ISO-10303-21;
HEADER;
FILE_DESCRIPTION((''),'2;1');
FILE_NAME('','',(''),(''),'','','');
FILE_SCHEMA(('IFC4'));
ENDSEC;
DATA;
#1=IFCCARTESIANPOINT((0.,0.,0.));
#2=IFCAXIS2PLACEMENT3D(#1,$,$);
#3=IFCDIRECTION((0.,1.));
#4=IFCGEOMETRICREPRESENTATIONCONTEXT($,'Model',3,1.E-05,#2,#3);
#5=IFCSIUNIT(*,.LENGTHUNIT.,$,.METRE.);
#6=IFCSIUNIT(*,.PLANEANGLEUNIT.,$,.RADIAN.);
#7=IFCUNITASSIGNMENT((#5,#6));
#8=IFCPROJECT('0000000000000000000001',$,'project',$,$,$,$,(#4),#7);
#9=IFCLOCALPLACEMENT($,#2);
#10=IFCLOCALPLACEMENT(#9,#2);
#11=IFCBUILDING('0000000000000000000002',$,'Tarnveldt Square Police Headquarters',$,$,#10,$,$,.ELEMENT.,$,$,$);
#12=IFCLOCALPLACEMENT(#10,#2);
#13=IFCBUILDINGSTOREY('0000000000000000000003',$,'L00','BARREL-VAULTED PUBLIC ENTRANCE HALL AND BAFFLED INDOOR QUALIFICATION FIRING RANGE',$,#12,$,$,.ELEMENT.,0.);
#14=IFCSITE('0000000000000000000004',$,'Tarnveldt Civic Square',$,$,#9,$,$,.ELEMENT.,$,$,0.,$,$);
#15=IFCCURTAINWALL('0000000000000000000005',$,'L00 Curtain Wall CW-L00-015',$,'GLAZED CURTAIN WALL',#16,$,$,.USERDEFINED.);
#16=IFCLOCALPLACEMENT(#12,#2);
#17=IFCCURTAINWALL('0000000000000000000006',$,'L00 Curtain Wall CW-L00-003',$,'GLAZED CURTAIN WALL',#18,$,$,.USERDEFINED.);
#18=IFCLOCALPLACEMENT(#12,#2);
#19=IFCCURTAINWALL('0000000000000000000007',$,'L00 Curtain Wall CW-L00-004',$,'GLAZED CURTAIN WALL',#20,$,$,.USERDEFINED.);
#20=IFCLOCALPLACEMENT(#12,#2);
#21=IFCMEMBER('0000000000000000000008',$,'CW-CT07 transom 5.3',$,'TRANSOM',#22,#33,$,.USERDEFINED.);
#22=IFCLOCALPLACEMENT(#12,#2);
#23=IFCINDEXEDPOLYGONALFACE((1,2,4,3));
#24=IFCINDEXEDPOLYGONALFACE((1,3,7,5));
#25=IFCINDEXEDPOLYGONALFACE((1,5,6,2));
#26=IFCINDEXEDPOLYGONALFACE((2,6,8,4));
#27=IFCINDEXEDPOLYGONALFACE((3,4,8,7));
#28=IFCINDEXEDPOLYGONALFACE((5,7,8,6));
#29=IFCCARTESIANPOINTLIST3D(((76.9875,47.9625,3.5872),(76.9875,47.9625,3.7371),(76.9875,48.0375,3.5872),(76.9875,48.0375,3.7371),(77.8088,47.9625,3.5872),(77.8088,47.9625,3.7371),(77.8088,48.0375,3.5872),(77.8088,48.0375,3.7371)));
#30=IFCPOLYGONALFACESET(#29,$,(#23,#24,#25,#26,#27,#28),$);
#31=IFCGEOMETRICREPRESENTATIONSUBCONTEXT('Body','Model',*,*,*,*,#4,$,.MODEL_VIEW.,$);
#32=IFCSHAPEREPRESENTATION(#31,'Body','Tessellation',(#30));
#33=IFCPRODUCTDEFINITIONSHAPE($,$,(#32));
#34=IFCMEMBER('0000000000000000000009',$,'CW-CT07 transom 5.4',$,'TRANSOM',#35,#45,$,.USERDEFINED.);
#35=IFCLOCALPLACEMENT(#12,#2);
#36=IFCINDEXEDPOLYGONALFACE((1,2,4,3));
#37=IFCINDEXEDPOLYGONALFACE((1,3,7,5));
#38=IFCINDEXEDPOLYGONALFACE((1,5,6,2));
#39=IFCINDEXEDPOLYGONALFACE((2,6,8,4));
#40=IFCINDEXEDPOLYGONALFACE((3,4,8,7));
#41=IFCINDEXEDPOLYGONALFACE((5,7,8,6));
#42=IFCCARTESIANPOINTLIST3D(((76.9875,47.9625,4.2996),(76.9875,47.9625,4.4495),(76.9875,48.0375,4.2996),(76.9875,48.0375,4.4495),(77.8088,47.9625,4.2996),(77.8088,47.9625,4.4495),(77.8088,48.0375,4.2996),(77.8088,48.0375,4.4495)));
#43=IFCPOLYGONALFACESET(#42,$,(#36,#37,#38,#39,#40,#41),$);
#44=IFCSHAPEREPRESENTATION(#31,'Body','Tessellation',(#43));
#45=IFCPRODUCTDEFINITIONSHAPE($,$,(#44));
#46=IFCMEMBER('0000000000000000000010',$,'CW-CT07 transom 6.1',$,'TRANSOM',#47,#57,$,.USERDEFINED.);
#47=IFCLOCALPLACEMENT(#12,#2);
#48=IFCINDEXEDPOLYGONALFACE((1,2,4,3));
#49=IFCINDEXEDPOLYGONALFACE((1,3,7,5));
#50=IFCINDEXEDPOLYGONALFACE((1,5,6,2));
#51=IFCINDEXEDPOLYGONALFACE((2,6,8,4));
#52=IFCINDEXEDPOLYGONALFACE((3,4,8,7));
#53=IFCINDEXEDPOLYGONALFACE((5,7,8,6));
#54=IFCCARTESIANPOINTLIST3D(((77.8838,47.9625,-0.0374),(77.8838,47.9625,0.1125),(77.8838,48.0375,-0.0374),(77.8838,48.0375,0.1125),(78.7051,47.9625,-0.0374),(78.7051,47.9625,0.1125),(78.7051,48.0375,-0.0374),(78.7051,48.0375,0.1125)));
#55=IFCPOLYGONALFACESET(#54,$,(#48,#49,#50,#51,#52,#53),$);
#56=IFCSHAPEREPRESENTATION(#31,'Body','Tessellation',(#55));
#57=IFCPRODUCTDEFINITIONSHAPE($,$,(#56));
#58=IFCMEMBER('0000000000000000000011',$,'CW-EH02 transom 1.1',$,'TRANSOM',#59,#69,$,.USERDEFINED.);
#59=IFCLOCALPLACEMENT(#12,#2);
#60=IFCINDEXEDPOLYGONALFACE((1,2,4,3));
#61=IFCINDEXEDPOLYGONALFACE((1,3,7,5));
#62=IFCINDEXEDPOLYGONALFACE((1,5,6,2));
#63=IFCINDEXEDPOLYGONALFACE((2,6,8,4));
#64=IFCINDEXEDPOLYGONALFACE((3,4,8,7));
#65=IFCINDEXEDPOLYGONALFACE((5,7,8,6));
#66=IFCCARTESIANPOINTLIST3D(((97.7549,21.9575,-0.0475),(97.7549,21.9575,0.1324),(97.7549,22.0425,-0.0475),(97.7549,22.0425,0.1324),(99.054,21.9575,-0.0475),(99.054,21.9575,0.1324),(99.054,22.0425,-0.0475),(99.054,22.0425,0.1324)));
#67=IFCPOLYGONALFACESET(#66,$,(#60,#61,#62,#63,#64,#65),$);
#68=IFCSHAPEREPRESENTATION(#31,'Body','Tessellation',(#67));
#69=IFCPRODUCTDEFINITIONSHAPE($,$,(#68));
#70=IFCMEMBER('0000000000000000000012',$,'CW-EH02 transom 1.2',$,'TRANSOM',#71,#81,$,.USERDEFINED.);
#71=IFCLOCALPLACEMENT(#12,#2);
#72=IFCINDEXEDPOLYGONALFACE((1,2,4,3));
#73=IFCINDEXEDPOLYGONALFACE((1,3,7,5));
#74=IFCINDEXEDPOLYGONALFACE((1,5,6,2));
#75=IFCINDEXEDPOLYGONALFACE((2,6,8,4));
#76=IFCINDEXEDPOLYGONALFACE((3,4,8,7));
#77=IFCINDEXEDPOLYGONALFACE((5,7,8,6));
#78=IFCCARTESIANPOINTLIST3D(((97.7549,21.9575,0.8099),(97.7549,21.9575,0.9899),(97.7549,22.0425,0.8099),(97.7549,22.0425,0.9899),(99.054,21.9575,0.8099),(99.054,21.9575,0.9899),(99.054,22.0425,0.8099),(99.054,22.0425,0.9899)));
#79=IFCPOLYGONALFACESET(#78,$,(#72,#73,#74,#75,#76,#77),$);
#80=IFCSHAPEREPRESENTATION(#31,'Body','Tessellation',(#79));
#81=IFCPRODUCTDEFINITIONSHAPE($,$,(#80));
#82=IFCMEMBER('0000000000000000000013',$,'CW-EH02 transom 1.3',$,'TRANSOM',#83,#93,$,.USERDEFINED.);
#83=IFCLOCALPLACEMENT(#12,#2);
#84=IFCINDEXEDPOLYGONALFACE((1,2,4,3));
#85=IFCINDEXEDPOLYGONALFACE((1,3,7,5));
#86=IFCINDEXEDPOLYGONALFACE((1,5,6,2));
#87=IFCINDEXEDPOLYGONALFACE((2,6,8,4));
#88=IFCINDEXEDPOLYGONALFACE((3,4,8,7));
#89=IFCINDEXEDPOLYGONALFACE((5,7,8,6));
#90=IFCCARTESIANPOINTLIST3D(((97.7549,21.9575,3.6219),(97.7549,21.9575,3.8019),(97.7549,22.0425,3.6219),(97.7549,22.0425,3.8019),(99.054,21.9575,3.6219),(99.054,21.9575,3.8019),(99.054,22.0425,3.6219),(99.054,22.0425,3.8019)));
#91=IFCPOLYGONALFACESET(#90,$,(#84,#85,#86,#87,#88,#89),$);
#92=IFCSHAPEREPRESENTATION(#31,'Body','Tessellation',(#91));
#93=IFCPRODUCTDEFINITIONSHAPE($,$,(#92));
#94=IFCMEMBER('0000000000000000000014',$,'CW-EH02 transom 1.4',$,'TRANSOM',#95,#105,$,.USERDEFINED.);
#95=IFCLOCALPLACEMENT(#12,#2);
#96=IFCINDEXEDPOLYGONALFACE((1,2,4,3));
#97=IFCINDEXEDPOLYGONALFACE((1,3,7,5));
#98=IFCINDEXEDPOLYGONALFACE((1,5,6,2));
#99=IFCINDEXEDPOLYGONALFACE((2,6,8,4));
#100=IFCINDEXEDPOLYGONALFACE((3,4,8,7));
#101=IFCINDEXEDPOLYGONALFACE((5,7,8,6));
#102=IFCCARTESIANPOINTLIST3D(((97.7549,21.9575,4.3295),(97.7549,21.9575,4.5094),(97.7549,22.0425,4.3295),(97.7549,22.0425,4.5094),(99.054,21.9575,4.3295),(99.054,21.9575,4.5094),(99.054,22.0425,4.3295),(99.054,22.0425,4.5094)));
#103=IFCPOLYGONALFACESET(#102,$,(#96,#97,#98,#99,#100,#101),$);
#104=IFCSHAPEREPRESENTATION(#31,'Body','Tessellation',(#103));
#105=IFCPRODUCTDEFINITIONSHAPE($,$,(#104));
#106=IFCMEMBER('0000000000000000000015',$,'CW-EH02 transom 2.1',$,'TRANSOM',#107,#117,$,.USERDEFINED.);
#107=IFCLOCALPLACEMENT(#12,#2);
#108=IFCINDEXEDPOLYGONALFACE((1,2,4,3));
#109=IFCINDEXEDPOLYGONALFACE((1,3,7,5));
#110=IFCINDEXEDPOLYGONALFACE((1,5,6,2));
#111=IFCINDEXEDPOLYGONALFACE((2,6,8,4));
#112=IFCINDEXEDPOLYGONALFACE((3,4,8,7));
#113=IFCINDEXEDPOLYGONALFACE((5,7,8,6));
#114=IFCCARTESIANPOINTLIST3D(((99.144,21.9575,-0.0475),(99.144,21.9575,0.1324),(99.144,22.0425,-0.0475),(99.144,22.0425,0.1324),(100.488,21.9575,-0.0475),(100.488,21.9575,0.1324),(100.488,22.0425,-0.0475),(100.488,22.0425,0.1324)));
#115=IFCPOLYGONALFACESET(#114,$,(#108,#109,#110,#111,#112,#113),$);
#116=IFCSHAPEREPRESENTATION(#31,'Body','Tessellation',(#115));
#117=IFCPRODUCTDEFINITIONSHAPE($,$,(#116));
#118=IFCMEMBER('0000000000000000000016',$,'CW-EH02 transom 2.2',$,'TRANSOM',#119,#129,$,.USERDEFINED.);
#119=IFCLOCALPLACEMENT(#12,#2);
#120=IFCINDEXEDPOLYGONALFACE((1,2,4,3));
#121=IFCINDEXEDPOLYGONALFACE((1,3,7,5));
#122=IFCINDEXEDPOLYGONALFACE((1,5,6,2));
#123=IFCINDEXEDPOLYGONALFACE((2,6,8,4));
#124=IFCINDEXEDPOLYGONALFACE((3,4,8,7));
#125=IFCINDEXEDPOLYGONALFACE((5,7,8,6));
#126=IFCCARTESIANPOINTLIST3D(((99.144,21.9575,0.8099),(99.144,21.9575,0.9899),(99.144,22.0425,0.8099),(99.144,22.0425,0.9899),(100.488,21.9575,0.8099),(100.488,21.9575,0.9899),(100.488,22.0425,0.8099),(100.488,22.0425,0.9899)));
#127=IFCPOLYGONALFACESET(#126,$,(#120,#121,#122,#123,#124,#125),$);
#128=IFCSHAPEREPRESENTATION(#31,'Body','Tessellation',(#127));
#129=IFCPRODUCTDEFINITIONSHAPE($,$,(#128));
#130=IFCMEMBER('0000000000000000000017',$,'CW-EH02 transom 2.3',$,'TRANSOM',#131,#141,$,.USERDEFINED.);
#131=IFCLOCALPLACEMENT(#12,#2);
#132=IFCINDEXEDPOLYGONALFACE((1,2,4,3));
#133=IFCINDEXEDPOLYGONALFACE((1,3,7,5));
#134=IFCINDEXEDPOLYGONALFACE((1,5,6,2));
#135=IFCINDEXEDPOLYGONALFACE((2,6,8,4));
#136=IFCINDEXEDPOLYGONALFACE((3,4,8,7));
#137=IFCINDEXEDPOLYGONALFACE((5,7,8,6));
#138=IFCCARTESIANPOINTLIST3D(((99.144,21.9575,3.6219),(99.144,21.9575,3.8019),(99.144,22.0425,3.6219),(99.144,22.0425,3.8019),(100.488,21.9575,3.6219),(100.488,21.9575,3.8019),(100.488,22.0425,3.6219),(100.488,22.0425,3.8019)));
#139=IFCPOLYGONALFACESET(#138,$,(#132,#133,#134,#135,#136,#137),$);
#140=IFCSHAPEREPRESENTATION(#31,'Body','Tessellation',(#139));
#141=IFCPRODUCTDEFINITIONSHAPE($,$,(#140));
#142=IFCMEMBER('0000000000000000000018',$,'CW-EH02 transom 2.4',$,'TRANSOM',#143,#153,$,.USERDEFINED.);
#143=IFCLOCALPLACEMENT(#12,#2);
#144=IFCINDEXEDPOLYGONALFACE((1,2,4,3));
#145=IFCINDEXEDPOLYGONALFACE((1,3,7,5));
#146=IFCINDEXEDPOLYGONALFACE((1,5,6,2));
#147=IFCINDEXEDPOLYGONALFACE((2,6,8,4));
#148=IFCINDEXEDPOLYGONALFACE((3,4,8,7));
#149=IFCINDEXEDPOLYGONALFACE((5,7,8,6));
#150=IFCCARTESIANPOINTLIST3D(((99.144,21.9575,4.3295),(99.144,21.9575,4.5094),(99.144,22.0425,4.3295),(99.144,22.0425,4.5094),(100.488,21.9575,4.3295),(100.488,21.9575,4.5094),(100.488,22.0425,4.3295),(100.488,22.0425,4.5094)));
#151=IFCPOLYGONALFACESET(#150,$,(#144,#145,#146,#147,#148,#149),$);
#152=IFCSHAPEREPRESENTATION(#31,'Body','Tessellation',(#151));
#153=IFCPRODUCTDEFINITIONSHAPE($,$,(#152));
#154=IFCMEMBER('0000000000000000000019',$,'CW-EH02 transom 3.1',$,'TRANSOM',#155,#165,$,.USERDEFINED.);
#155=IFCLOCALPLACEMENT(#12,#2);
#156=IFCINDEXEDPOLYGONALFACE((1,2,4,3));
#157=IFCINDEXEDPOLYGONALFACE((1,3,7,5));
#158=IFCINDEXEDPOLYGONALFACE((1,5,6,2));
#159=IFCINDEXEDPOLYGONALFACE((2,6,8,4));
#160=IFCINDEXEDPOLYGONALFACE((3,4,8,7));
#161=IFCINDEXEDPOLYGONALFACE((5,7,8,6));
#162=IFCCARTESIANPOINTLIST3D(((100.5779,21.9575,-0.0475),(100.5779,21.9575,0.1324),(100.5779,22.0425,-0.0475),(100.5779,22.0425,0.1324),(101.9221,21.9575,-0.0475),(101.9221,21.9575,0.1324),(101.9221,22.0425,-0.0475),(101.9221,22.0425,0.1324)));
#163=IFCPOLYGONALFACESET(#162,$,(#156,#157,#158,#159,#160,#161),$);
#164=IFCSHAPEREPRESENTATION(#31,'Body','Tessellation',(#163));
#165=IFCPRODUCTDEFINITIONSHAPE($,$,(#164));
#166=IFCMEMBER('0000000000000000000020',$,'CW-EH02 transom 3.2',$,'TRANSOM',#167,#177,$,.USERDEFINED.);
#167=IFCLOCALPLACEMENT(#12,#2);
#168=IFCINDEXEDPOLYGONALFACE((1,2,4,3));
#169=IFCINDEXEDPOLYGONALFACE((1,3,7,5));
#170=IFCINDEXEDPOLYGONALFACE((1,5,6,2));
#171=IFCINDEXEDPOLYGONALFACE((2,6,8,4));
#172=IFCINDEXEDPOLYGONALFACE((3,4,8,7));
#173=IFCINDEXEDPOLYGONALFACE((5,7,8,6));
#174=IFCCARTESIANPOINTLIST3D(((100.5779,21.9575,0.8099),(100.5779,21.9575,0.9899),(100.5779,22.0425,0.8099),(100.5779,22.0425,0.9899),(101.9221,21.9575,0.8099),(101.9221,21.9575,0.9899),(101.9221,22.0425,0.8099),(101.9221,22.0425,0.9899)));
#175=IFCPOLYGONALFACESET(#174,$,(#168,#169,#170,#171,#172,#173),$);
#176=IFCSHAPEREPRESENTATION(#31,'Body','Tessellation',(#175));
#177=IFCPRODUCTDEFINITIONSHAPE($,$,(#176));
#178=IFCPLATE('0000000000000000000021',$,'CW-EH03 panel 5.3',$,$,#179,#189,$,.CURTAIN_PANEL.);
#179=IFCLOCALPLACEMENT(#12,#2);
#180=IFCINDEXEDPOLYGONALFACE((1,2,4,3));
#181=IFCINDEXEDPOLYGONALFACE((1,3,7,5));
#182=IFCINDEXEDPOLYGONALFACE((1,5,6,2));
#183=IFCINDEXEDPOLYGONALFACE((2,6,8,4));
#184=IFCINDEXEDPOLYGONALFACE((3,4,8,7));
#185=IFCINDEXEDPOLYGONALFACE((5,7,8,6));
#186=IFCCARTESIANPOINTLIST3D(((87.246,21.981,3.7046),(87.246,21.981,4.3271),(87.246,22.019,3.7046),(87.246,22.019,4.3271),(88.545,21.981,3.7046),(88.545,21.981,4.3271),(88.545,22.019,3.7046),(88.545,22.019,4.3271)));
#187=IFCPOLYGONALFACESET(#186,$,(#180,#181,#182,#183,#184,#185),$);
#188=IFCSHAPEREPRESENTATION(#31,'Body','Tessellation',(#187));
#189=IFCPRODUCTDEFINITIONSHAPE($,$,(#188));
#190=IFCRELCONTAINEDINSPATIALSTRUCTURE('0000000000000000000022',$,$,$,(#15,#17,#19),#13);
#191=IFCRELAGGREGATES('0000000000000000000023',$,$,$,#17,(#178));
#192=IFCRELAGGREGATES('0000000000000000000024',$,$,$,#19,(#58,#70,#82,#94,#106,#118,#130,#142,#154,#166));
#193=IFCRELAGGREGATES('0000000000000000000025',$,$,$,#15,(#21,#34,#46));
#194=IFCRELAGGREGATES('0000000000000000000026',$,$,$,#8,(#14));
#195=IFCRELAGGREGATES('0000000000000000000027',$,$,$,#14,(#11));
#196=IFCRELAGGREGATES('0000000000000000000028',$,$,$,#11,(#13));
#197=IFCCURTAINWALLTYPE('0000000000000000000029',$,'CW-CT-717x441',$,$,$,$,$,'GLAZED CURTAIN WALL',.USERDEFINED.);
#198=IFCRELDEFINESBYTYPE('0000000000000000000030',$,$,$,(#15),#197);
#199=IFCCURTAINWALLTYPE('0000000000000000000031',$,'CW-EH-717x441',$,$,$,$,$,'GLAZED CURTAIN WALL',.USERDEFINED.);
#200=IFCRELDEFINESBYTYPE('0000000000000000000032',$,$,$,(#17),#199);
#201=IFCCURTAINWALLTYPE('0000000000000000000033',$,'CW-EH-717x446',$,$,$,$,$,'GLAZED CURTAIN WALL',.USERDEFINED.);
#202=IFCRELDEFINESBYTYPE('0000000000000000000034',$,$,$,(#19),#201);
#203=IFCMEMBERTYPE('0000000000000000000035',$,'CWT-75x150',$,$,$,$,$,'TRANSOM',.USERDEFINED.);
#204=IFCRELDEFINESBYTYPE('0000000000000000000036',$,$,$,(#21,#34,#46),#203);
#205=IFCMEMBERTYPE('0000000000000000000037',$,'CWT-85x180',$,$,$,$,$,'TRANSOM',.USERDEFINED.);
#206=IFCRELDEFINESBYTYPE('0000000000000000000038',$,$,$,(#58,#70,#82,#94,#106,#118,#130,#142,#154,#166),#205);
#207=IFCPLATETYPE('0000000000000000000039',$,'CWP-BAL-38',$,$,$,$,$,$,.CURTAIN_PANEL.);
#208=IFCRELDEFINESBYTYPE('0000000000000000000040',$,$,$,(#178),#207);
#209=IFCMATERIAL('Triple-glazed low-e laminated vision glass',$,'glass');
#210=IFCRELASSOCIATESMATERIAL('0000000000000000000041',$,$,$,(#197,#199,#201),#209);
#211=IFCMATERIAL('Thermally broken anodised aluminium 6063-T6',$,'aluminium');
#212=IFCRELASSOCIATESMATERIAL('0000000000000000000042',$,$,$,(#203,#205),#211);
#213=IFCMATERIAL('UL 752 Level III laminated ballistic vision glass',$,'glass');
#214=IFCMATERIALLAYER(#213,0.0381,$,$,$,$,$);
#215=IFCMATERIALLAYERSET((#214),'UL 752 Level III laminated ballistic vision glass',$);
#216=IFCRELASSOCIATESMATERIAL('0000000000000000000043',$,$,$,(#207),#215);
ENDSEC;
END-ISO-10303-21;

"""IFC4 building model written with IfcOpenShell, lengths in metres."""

from ifc_helpers import new_model, si_unit, direction, frame, origin, origin_2d, place, context, subcontext, project, spatial, rectangle, extrude, material, layer, layer_set, material_profile, profile_set, type_object, element, aggregate, save


model = new_model("IFC4")

# Units and contexts
model_context = context("Model", 3, precision=1e-05, world=origin(), true_north=direction((0.0, 1.0)))
body_context = subcontext(model_context, "Body", "Model", "MODEL_VIEW")
ifc_project = project(units=[si_unit("LENGTHUNIT", "METRE"), si_unit("PLANEANGLEUNIT", "RADIAN")], contexts=[model_context])

# Site, building, storey
site_placement = place(None, origin())
site = spatial("IfcSite", under=ifc_project, at=site_placement, Name="Tarnveldt Civic Square", CompositionType="ELEMENT", RefElevation=0.0)
building_placement = place(site_placement, origin())
building = spatial("IfcBuilding", under=site, at=building_placement, Name="Tarnveldt Square Police Headquarters", CompositionType="ELEMENT")
storey_placement = place(building_placement, origin())
storey = spatial("IfcBuildingStorey", under=building, at=storey_placement, Name="L00", Description="BARREL-VAULTED PUBLIC ENTRANCE HALL AND BAFFLED INDOOR QUALIFICATION FIRING RANGE", CompositionType="ELEMENT", Elevation=0.0)

# Curtain walls
ifc_material_1 = material(Name="Triple-glazed low-e laminated vision glass", Category="glass")
curtain_wall_type_1 = type_object("IfcCurtainWallType", Name="CW-CT-717x441", ElementType="GLAZED CURTAIN WALL", PredefinedType="USERDEFINED", material=ifc_material_1)
curtain_wall_1_placement = place(storey_placement, origin())
curtain_wall_1 = element("IfcCurtainWall", 1, at=curtain_wall_1_placement, inside=storey, type_object=curtain_wall_type_1, Name="L00 Curtain Wall CW-L00-015", ObjectType="GLAZED CURTAIN WALL", PredefinedType="USERDEFINED")
ifc_material_2 = material(Name="Thermally broken anodised aluminium 6063-T6", Category="aluminium")
curtain_wall_type_2 = type_object("IfcCurtainWallType", Name="CW-EH-717x441", ElementType="GLAZED CURTAIN WALL", PredefinedType="USERDEFINED", material=ifc_material_1)
curtain_wall_2_placement = place(storey_placement, origin())
curtain_wall_2 = element("IfcCurtainWall", 2, at=curtain_wall_2_placement, inside=storey, type_object=curtain_wall_type_2, Name="L00 Curtain Wall CW-L00-003", ObjectType="GLAZED CURTAIN WALL", PredefinedType="USERDEFINED")

# Curtain wall
curtain_wall_type_3 = type_object("IfcCurtainWallType", Name="CW-EH-717x446", ElementType="GLAZED CURTAIN WALL", PredefinedType="USERDEFINED", material=ifc_material_1)
curtain_wall_3_placement = place(storey_placement, origin())
curtain_wall_3 = element("IfcCurtainWall", 3, at=curtain_wall_3_placement, inside=storey, type_object=curtain_wall_type_3, Name="L00 Curtain Wall CW-L00-004", ObjectType="GLAZED CURTAIN WALL", PredefinedType="USERDEFINED")

# Members
ifc_material_profile_1 = material_profile(ifc_material_2, rectangle(XDim=0.075, YDim=0.1499, at=origin_2d()), Name="CW-T75x150")
ifc_profile_set_1 = profile_set([ifc_material_profile_1], Name="Thermally broken anodised aluminium 6063-T6")
member_type_1 = type_object("IfcMemberType", Name="CWT-75x150", ElementType="TRANSOM", PredefinedType="USERDEFINED", material=ifc_profile_set_1)
member_1_placement = place(storey_placement, frame((76.9875, 48.0, 3.6621), z_axis=(1.0, 0.0, 0.0), x_axis=(0.0, 1.0, 0.0)))
member_1 = element("IfcMember", 4, at=member_1_placement, type_object=member_type_1, Name="CW-CT07 transom 5.3", ObjectType="TRANSOM", PredefinedType="USERDEFINED", context=body_context, shape_type="SweptSolid", body=[
    extrude(rectangle(XDim=0.075, YDim=0.1499, at=origin_2d()), origin(), (0.0, 0.0, 1.0), 0.8213),
])
member_2_placement = place(storey_placement, frame((76.9875, 48.0, 4.3745), z_axis=(1.0, 0.0, 0.0), x_axis=(0.0, 1.0, 0.0)))
member_2 = element("IfcMember", 5, at=member_2_placement, type_object=member_type_1, Name="CW-CT07 transom 5.4", ObjectType="TRANSOM", PredefinedType="USERDEFINED", context=body_context, shape_type="SweptSolid", body=[
    extrude(rectangle(XDim=0.075, YDim=0.1499, at=origin_2d()), origin(), (0.0, 0.0, 1.0), 0.8213),
])
member_3_placement = place(storey_placement, frame((77.8838, 48.0, 0.0376), z_axis=(1.0, 0.0, 0.0), x_axis=(0.0, 1.0, 0.0)))
member_3 = element("IfcMember", 6, at=member_3_placement, type_object=member_type_1, Name="CW-CT07 transom 6.1", ObjectType="TRANSOM", PredefinedType="USERDEFINED", context=body_context, shape_type="SweptSolid", body=[
    extrude(rectangle(XDim=0.075, YDim=0.1499, at=origin_2d()), origin(), (0.0, 0.0, 1.0), 0.8213),
])
ifc_material_profile_2 = material_profile(ifc_material_2, rectangle(XDim=0.085, YDim=0.1799, at=origin_2d()), Name="CW-T85x180")
ifc_profile_set_2 = profile_set([ifc_material_profile_2], Name="Thermally broken anodised aluminium 6063-T6")
member_type_2 = type_object("IfcMemberType", Name="CWT-85x180", ElementType="TRANSOM", PredefinedType="USERDEFINED", material=ifc_profile_set_2)
member_4_placement = place(storey_placement, frame((97.7549, 22.0, 0.0425), z_axis=(1.0, 0.0, 0.0), x_axis=(0.0, 1.0, 0.0)))
member_4 = element("IfcMember", 7, at=member_4_placement, type_object=member_type_2, Name="CW-EH02 transom 1.1", ObjectType="TRANSOM", PredefinedType="USERDEFINED", context=body_context, shape_type="SweptSolid", body=[
    extrude(rectangle(XDim=0.085, YDim=0.1799, at=origin_2d()), origin(), (0.0, 0.0, 1.0), 1.2991),
])
member_5_placement = place(storey_placement, frame((97.7549, 22.0, 0.8999), z_axis=(1.0, 0.0, 0.0), x_axis=(0.0, 1.0, 0.0)))
member_5 = element("IfcMember", 8, at=member_5_placement, type_object=member_type_2, Name="CW-EH02 transom 1.2", ObjectType="TRANSOM", PredefinedType="USERDEFINED", context=body_context, shape_type="SweptSolid", body=[
    extrude(rectangle(XDim=0.085, YDim=0.1799, at=origin_2d()), origin(), (0.0, 0.0, 1.0), 1.2991),
])
member_6_placement = place(storey_placement, frame((97.7549, 22.0, 3.7119), z_axis=(1.0, 0.0, 0.0), x_axis=(0.0, 1.0, 0.0)))
member_6 = element("IfcMember", 9, at=member_6_placement, type_object=member_type_2, Name="CW-EH02 transom 1.3", ObjectType="TRANSOM", PredefinedType="USERDEFINED", context=body_context, shape_type="SweptSolid", body=[
    extrude(rectangle(XDim=0.085, YDim=0.1799, at=origin_2d()), origin(), (0.0, 0.0, 1.0), 1.2991),
])
member_7_placement = place(storey_placement, frame((97.7549, 22.0, 4.4194), z_axis=(1.0, 0.0, 0.0), x_axis=(0.0, 1.0, 0.0)))
member_7 = element("IfcMember", 10, at=member_7_placement, type_object=member_type_2, Name="CW-EH02 transom 1.4", ObjectType="TRANSOM", PredefinedType="USERDEFINED", context=body_context, shape_type="SweptSolid", body=[
    extrude(rectangle(XDim=0.085, YDim=0.1799, at=origin_2d()), origin(), (0.0, 0.0, 1.0), 1.2991),
])
member_8_placement = place(storey_placement, frame((99.144, 22.0, 0.0425), z_axis=(1.0, 0.0, 0.0), x_axis=(0.0, 1.0, 0.0)))
member_8 = element("IfcMember", 11, at=member_8_placement, type_object=member_type_2, Name="CW-EH02 transom 2.1", ObjectType="TRANSOM", PredefinedType="USERDEFINED", context=body_context, shape_type="SweptSolid", body=[
    extrude(rectangle(XDim=0.085, YDim=0.1799, at=origin_2d()), origin(), (0.0, 0.0, 1.0), 1.344),
])
member_9_placement = place(storey_placement, frame((99.144, 22.0, 0.8999), z_axis=(1.0, 0.0, 0.0), x_axis=(0.0, 1.0, 0.0)))
member_9 = element("IfcMember", 12, at=member_9_placement, type_object=member_type_2, Name="CW-EH02 transom 2.2", ObjectType="TRANSOM", PredefinedType="USERDEFINED", context=body_context, shape_type="SweptSolid", body=[
    extrude(rectangle(XDim=0.085, YDim=0.1799, at=origin_2d()), origin(), (0.0, 0.0, 1.0), 1.344),
])
member_10_placement = place(storey_placement, frame((99.144, 22.0, 3.7119), z_axis=(1.0, 0.0, 0.0), x_axis=(0.0, 1.0, 0.0)))
member_10 = element("IfcMember", 13, at=member_10_placement, type_object=member_type_2, Name="CW-EH02 transom 2.3", ObjectType="TRANSOM", PredefinedType="USERDEFINED", context=body_context, shape_type="SweptSolid", body=[
    extrude(rectangle(XDim=0.085, YDim=0.1799, at=origin_2d()), origin(), (0.0, 0.0, 1.0), 1.344),
])
member_11_placement = place(storey_placement, frame((99.144, 22.0, 4.4194), z_axis=(1.0, 0.0, 0.0), x_axis=(0.0, 1.0, 0.0)))
member_11 = element("IfcMember", 14, at=member_11_placement, type_object=member_type_2, Name="CW-EH02 transom 2.4", ObjectType="TRANSOM", PredefinedType="USERDEFINED", context=body_context, shape_type="SweptSolid", body=[
    extrude(rectangle(XDim=0.085, YDim=0.1799, at=origin_2d()), origin(), (0.0, 0.0, 1.0), 1.344),
])
member_12_placement = place(storey_placement, frame((100.5779, 22.0, 0.0425), z_axis=(1.0, 0.0, 0.0), x_axis=(0.0, 1.0, 0.0)))
member_12 = element("IfcMember", 15, at=member_12_placement, type_object=member_type_2, Name="CW-EH02 transom 3.1", ObjectType="TRANSOM", PredefinedType="USERDEFINED", context=body_context, shape_type="SweptSolid", body=[
    extrude(rectangle(XDim=0.085, YDim=0.1799, at=origin_2d()), origin(), (0.0, 0.0, 1.0), 1.3442),
])
member_13_placement = place(storey_placement, frame((100.5779, 22.0, 0.8999), z_axis=(1.0, 0.0, 0.0), x_axis=(0.0, 1.0, 0.0)))
member_13 = element("IfcMember", 16, at=member_13_placement, type_object=member_type_2, Name="CW-EH02 transom 3.2", ObjectType="TRANSOM", PredefinedType="USERDEFINED", context=body_context, shape_type="SweptSolid", body=[
    extrude(rectangle(XDim=0.085, YDim=0.1799, at=origin_2d()), origin(), (0.0, 0.0, 1.0), 1.3442),
])

# Plate
ifc_material_3 = material(Name="UL 752 Level III laminated ballistic vision glass", Category="glass")
ifc_layer_1 = layer(ifc_material_3, 0.0381)
ifc_layer_set_1 = layer_set([ifc_layer_1], Name="UL 752 Level III laminated ballistic vision glass")
plate_type_1 = type_object("IfcPlateType", Name="CWP-BAL-38", PredefinedType="CURTAIN_PANEL", material=ifc_layer_set_1)
plate_1_placement = place(storey_placement, frame((87.8955, 22.0, 3.7046), z_axis=(0.0, 0.0, 1.0), x_axis=(1.0, 0.0, 0.0)))
plate_1 = element("IfcPlate", 17, at=plate_1_placement, type_object=plate_type_1, Name="CW-EH03 panel 5.3", PredefinedType="CURTAIN_PANEL", context=body_context, shape_type="SweptSolid", body=[
    extrude(rectangle(XDim=1.2991, YDim=0.0381, at=origin_2d()), origin(), (0.0, 0.0, 1.0), 0.6226),
])
aggregate(curtain_wall_2, [plate_1])
aggregate(curtain_wall_3, [member_4, member_5, member_6, member_7, member_8, member_9, member_10, member_11, member_12, member_13])
aggregate(curtain_wall_1, [member_1, member_2, member_3])

save(model, "model.ifc")
